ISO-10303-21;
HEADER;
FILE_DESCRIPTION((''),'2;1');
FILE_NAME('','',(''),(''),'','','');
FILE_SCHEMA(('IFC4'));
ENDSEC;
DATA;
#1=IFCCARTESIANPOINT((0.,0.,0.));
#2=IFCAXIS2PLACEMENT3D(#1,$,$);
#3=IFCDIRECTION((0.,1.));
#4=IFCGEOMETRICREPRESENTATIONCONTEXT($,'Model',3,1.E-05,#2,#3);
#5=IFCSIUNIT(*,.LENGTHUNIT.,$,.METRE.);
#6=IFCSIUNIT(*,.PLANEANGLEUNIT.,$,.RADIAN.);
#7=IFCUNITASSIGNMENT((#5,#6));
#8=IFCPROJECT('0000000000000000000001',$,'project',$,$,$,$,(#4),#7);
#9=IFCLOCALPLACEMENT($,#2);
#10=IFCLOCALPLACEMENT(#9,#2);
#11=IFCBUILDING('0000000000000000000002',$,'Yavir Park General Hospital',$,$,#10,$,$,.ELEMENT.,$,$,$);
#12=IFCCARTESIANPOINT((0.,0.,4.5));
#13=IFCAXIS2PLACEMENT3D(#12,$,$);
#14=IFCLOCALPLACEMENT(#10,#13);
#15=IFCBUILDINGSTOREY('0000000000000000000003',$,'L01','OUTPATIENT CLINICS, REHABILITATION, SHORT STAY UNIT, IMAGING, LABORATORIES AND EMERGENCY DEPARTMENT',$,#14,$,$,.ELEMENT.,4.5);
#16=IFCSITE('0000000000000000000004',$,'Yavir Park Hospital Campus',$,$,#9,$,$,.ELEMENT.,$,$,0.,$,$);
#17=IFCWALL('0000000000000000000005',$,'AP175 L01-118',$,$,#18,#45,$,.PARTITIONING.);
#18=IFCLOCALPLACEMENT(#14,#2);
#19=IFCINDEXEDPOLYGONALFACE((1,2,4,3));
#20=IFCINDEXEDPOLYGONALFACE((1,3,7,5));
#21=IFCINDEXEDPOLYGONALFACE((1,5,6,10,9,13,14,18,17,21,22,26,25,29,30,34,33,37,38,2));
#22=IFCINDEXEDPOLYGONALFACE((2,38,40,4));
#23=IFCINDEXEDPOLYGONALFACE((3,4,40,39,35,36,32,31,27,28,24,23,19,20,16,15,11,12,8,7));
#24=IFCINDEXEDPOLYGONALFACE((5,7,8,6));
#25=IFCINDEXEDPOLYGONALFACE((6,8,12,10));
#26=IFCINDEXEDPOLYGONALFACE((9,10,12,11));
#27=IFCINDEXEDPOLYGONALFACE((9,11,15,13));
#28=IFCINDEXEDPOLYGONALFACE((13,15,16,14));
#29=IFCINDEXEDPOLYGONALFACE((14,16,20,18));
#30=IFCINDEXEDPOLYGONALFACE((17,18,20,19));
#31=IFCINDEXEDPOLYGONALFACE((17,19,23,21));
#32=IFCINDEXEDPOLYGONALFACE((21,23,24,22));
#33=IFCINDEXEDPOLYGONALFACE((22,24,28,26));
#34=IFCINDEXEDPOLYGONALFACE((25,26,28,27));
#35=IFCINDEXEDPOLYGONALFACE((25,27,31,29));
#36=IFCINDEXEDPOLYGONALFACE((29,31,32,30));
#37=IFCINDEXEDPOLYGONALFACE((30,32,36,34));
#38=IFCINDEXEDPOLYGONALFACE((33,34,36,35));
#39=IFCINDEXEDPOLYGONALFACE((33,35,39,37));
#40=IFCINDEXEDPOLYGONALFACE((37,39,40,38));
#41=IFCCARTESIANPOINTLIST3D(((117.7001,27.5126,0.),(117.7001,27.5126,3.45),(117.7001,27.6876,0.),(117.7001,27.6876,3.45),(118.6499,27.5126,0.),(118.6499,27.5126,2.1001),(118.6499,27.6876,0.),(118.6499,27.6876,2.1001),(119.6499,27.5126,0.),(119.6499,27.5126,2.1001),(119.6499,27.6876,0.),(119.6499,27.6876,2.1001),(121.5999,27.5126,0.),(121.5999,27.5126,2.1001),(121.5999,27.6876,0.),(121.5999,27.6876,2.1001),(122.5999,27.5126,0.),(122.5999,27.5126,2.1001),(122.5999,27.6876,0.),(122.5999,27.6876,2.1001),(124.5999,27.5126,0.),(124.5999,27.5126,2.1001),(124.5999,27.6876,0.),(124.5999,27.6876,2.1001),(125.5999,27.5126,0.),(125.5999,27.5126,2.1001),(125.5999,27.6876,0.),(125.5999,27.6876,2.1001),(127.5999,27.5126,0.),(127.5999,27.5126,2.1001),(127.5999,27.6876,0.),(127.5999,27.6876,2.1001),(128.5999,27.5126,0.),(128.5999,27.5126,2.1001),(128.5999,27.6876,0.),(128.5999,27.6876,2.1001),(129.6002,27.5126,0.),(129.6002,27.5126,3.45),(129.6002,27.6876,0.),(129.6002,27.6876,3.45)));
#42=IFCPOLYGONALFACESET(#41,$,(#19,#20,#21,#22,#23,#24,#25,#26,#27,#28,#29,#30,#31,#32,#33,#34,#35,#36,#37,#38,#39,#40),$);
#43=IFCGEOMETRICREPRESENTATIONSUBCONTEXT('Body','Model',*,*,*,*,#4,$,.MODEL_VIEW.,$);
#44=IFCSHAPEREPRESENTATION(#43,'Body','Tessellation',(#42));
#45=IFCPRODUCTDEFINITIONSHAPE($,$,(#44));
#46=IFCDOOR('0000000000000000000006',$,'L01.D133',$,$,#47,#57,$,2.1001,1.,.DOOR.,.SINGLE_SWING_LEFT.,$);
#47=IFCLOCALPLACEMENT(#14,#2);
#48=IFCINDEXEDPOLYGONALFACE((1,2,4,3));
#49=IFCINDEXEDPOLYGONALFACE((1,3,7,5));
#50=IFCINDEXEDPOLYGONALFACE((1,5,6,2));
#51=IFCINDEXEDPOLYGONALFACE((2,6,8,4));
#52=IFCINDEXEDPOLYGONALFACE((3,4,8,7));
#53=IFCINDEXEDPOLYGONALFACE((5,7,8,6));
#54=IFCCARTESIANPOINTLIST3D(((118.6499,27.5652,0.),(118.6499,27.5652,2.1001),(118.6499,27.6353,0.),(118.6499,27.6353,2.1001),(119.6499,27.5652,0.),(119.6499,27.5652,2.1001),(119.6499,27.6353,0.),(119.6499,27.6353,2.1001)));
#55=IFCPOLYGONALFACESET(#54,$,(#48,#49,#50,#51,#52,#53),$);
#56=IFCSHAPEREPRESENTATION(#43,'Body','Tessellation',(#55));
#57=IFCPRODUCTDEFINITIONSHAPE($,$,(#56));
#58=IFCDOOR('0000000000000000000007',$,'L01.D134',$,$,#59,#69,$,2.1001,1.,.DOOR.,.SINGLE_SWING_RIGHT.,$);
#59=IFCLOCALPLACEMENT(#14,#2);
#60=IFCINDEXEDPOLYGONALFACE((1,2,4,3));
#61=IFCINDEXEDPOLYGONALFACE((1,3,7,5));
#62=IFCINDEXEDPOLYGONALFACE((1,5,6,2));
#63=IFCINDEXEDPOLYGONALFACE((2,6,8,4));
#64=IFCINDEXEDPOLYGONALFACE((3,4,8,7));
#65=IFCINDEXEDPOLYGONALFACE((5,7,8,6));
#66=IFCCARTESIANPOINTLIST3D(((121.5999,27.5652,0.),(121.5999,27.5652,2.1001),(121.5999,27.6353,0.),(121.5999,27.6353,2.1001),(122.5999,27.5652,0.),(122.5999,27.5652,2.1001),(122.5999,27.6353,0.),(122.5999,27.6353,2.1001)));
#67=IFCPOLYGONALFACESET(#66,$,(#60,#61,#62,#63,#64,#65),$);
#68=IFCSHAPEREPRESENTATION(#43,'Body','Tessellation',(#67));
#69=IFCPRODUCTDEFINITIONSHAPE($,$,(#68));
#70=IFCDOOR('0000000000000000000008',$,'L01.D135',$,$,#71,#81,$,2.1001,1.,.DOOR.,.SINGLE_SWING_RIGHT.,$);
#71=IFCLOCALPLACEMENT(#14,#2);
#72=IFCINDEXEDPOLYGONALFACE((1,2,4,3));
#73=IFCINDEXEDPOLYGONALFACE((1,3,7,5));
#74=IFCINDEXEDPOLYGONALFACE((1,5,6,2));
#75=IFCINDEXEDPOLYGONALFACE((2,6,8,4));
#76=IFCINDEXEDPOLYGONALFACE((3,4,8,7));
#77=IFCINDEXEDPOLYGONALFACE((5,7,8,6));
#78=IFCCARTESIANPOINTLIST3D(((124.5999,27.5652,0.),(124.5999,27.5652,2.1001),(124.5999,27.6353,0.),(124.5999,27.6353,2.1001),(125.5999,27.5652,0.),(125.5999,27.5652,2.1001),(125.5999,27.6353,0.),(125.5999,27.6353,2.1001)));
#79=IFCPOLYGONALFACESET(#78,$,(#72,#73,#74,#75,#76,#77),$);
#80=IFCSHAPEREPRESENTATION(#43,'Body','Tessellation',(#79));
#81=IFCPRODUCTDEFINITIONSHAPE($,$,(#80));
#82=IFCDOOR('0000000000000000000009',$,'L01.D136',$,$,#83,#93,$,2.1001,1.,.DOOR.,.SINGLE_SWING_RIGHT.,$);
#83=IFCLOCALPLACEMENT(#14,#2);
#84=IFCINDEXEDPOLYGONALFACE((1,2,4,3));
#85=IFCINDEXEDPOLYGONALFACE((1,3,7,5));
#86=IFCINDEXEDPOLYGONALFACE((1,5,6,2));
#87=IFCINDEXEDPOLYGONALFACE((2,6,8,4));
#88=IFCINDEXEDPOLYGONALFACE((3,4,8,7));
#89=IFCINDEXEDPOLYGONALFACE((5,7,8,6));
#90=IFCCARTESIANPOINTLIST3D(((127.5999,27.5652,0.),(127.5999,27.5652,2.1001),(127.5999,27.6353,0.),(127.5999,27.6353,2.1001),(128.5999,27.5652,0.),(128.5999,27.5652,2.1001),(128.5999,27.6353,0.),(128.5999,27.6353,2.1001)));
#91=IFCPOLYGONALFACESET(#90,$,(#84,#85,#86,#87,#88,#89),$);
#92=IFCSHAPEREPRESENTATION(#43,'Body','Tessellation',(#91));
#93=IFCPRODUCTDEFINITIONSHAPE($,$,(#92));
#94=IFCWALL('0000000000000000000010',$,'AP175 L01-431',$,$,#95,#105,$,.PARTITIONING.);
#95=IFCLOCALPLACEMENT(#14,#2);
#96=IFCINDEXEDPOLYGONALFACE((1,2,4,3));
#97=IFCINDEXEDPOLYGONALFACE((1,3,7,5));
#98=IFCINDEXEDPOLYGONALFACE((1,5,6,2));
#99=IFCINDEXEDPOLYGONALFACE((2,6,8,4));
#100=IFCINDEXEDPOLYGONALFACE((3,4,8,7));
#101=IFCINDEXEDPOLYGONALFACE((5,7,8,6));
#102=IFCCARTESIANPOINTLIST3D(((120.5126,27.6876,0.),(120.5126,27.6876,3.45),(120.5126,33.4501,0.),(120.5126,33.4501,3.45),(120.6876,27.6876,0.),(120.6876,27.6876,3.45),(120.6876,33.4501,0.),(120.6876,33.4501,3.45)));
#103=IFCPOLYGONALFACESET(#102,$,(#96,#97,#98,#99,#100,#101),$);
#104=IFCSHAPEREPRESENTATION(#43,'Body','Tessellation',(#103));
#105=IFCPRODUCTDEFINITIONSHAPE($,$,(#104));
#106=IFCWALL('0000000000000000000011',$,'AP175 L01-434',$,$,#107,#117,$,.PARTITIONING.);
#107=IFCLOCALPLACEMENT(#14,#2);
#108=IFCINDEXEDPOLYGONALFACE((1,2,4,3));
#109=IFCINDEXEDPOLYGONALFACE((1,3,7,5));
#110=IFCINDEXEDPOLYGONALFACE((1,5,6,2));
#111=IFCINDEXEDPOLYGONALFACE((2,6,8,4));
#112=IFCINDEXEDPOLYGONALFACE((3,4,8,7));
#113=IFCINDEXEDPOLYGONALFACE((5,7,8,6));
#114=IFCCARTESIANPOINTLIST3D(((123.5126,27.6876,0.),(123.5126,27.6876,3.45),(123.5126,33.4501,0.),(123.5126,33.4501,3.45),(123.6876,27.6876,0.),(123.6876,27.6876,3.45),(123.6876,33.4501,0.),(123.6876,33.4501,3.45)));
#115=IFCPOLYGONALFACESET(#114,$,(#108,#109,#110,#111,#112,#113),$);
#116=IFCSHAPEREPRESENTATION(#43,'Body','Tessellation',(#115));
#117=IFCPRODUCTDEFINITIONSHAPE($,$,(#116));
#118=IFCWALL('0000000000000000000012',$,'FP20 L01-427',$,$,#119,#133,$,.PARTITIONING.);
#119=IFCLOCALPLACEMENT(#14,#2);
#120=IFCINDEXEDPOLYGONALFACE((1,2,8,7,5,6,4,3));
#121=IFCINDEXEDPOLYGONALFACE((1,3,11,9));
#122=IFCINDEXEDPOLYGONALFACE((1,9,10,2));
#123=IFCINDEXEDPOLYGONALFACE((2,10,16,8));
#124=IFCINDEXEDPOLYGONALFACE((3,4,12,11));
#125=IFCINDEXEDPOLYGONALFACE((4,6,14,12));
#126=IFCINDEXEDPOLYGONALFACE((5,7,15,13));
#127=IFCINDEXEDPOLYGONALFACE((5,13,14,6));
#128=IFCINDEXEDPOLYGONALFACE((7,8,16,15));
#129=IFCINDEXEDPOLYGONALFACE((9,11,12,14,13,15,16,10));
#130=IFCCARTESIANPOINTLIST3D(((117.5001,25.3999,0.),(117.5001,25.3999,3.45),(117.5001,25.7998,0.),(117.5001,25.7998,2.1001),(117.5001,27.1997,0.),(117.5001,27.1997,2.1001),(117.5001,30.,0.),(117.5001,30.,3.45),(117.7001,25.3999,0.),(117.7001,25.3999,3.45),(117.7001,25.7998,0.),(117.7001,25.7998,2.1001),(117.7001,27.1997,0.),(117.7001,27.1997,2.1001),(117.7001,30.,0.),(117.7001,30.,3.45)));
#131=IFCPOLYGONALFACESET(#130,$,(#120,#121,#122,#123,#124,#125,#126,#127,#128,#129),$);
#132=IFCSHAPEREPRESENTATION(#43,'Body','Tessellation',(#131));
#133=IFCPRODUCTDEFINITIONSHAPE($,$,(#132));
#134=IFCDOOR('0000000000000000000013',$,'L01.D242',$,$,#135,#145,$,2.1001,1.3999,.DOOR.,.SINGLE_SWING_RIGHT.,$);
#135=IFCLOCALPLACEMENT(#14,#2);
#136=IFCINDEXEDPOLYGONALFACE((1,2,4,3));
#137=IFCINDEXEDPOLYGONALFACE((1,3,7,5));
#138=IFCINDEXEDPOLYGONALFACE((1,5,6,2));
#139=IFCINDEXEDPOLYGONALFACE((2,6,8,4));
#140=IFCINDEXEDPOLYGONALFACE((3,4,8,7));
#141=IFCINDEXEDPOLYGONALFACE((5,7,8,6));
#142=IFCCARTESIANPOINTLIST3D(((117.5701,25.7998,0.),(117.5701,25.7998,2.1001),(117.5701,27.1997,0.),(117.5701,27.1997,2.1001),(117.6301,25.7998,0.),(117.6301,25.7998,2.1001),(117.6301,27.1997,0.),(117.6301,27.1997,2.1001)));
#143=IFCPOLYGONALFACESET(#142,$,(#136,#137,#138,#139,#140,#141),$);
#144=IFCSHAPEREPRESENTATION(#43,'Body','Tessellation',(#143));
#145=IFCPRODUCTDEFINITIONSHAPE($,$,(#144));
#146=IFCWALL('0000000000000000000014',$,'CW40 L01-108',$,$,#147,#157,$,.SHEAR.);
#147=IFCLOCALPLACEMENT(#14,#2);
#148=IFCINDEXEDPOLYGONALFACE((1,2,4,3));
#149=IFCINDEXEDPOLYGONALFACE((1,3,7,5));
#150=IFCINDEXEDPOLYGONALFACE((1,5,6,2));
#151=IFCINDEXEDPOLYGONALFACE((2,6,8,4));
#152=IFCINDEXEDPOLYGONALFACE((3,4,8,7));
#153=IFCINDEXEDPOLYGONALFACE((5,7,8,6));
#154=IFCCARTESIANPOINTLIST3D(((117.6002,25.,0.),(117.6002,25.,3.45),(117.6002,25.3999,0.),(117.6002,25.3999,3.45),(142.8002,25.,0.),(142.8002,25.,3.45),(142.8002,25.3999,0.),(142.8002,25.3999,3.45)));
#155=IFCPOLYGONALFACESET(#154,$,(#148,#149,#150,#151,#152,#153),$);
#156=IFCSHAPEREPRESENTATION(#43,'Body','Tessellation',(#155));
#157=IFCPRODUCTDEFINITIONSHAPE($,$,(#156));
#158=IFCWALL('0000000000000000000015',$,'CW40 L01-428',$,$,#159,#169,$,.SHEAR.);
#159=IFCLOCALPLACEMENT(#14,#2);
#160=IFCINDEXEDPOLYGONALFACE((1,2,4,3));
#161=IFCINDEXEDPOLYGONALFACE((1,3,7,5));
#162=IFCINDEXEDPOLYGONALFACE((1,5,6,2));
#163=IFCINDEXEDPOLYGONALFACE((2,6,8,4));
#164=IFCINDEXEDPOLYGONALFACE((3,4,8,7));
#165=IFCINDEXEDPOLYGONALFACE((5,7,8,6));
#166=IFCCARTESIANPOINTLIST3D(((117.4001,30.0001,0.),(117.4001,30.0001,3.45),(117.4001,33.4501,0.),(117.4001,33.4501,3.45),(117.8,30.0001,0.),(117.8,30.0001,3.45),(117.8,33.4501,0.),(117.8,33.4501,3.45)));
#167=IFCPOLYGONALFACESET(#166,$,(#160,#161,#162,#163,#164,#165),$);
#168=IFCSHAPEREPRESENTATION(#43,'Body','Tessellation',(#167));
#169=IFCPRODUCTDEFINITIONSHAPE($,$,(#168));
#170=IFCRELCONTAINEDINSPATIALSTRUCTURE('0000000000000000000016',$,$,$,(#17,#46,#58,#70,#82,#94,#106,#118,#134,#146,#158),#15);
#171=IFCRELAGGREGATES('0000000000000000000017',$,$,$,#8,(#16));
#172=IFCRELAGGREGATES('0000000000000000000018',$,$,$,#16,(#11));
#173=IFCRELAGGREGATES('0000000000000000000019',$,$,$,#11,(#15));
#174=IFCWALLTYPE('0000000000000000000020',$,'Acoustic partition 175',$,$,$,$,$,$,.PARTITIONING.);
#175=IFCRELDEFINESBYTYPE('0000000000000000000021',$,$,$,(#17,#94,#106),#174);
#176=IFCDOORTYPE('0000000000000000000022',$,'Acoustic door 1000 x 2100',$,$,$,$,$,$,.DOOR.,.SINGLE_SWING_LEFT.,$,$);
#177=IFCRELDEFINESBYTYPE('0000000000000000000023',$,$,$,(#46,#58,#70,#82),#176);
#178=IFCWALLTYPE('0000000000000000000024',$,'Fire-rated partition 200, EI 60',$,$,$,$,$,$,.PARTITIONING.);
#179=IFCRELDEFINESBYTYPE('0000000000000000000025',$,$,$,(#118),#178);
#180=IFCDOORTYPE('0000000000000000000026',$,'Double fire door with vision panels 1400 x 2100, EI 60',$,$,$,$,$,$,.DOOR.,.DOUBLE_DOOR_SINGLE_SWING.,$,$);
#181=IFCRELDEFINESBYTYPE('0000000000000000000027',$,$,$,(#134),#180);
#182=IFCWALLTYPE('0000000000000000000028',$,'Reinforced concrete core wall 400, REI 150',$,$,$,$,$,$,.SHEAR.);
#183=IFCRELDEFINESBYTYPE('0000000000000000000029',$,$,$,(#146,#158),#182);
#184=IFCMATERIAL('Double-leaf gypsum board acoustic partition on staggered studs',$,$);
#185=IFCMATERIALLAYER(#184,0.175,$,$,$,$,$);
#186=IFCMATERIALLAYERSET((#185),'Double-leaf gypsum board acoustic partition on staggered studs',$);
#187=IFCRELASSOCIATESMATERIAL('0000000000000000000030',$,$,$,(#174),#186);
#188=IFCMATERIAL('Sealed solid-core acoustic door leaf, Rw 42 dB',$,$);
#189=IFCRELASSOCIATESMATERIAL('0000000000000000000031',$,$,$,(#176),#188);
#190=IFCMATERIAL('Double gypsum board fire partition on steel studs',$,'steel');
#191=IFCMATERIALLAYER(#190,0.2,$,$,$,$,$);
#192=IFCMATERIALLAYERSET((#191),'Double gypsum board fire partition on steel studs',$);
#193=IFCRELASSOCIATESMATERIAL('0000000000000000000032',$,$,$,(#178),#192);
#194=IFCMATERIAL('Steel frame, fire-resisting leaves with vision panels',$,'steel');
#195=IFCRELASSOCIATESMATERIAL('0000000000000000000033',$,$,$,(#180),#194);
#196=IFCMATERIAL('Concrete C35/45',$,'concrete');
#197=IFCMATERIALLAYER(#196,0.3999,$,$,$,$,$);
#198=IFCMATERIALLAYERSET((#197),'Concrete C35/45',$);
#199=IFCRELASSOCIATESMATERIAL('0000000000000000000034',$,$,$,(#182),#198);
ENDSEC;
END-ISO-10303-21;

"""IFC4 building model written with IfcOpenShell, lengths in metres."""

from ifc_helpers import new_model, si_unit, direction, frame, frame_2d, origin, place, context, subcontext, project, spatial, rectangle, extrude, material, layer, layer_set, type_object, element, fill, save


model = new_model("IFC4")

# Units and contexts
model_context = context("Model", 3, precision=1e-05, world=origin(), true_north=direction((0.0, 1.0)))
body_context = subcontext(model_context, "Body", "Model", "MODEL_VIEW")
ifc_project = project(units=[si_unit("LENGTHUNIT", "METRE"), si_unit("PLANEANGLEUNIT", "RADIAN")], contexts=[model_context])

# Site, building, storey
site_placement = place(None, origin())
site = spatial("IfcSite", under=ifc_project, at=site_placement, Name="Yavir Park Hospital Campus", CompositionType="ELEMENT", RefElevation=0.0)
building_placement = place(site_placement, origin())
building = spatial("IfcBuilding", under=site, at=building_placement, Name="Yavir Park General Hospital", CompositionType="ELEMENT")
storey_placement = place(building_placement, frame((0.0, 0.0, 4.5)))
storey = spatial("IfcBuildingStorey", under=building, at=storey_placement, Name="L01", Description="OUTPATIENT CLINICS, REHABILITATION, SHORT STAY UNIT, IMAGING, LABORATORIES AND EMERGENCY DEPARTMENT", CompositionType="ELEMENT", Elevation=4.5)

# Wall, openings, doors
ifc_material_1 = material(Name="Double-leaf gypsum board acoustic partition on staggered studs")
ifc_layer_1 = layer(ifc_material_1, 0.175)
ifc_layer_set_1 = layer_set([ifc_layer_1], Name="Double-leaf gypsum board acoustic partition on staggered studs")
wall_type_1 = type_object("IfcWallType", Name="Acoustic partition 175", PredefinedType="PARTITIONING", material=ifc_layer_set_1)
wall_1_placement = place(storey_placement, frame((117.7, 27.6001, 0.0), z_axis=(0.0, 0.0, 1.0), x_axis=(1.0, 0.0, 0.0)))
wall_1 = element("IfcWall", 1, at=wall_1_placement, inside=storey, type_object=wall_type_1, Name="AP175 L01-118", PredefinedType="PARTITIONING", context=body_context, shape_type="SweptSolid", body=[
    extrude(rectangle(XDim=11.9001, YDim=0.175, at=frame_2d((5.9502, 0.0))), origin(), (0.0, 0.0, 1.0), 3.45),
])
opening_1_placement = place(wall_1_placement, frame((0.95, 0.0, 0.0)))
opening_1 = element("IfcOpeningElement", 2, at=opening_1_placement, cuts=wall_1, PredefinedType="OPENING", context=body_context, shape_type="SweptSolid", body=[
    extrude(rectangle(XDim=1.0, YDim=2.1001, at=frame_2d((0.5, 1.05))), frame((0.0, 0.0974, 0.0), z_axis=(0.0, -1.0, 0.0), x_axis=(1.0, 0.0, 0.0)), (0.0, 0.0, 1.0), 0.1951),
])
opening_2_placement = place(wall_1_placement, frame((3.8999, 0.0, 0.0)))
opening_2 = element("IfcOpeningElement", 3, at=opening_2_placement, cuts=wall_1, PredefinedType="OPENING", context=body_context, shape_type="SweptSolid", body=[
    extrude(rectangle(XDim=1.0, YDim=2.1001, at=frame_2d((0.5, 1.05))), frame((0.0, 0.0974, 0.0), z_axis=(0.0, -1.0, 0.0), x_axis=(1.0, 0.0, 0.0)), (0.0, 0.0, 1.0), 0.1951),
])
opening_3_placement = place(wall_1_placement, frame((6.8999, 0.0, 0.0)))
opening_3 = element("IfcOpeningElement", 4, at=opening_3_placement, cuts=wall_1, PredefinedType="OPENING", context=body_context, shape_type="SweptSolid", body=[
    extrude(rectangle(XDim=1.0, YDim=2.1001, at=frame_2d((0.5, 1.05))), frame((0.0, 0.0974, 0.0), z_axis=(0.0, -1.0, 0.0), x_axis=(1.0, 0.0, 0.0)), (0.0, 0.0, 1.0), 0.1951),
])
opening_4_placement = place(wall_1_placement, frame((9.8999, 0.0, 0.0)))
opening_4 = element("IfcOpeningElement", 5, at=opening_4_placement, cuts=wall_1, PredefinedType="OPENING", context=body_context, shape_type="SweptSolid", body=[
    extrude(rectangle(XDim=1.0, YDim=2.1001, at=frame_2d((0.5, 1.05))), frame((0.0, 0.0974, 0.0), z_axis=(0.0, -1.0, 0.0), x_axis=(1.0, 0.0, 0.0)), (0.0, 0.0, 1.0), 0.1951),
])
ifc_material_2 = material(Name="Sealed solid-core acoustic door leaf, Rw 42 dB")
door_type_1 = type_object("IfcDoorType", Name="Acoustic door 1000 x 2100", OperationType="SINGLE_SWING_LEFT", PredefinedType="DOOR", material=ifc_material_2)
door_1_placement = place(opening_1_placement, origin())
door_1 = element("IfcDoor", 6, at=door_1_placement, inside=storey, type_object=door_type_1, Name="L01.D133", OperationType="SINGLE_SWING_LEFT", OverallHeight=2.1001, OverallWidth=1.0, PredefinedType="DOOR", context=body_context, shape_type="SweptSolid", body=[
    extrude(rectangle(XDim=1.0, YDim=2.1001, at=frame_2d((0.5, 1.05))), frame((0.0, 0.0352, 0.0), z_axis=(0.0, -1.0, 0.0), x_axis=(1.0, 0.0, 0.0)), (0.0, 0.0, 1.0), 0.0701),
])
fill(opening_1, door_1)
door_2_placement = place(opening_2_placement, origin())
door_2 = element("IfcDoor", 7, at=door_2_placement, inside=storey, type_object=door_type_1, Name="L01.D134", OperationType="SINGLE_SWING_RIGHT", OverallHeight=2.1001, OverallWidth=1.0, PredefinedType="DOOR", context=body_context, shape_type="SweptSolid", body=[
    extrude(rectangle(XDim=1.0, YDim=2.1001, at=frame_2d((0.5, 1.05))), frame((0.0, 0.0352, 0.0), z_axis=(0.0, -1.0, 0.0), x_axis=(1.0, 0.0, 0.0)), (0.0, 0.0, 1.0), 0.0701),
])
fill(opening_2, door_2)
door_3_placement = place(opening_3_placement, origin())
door_3 = element("IfcDoor", 8, at=door_3_placement, inside=storey, type_object=door_type_1, Name="L01.D135", OperationType="SINGLE_SWING_RIGHT", OverallHeight=2.1001, OverallWidth=1.0, PredefinedType="DOOR", context=body_context, shape_type="SweptSolid", body=[
    extrude(rectangle(XDim=1.0, YDim=2.1001, at=frame_2d((0.5, 1.05))), frame((0.0, 0.0352, 0.0), z_axis=(0.0, -1.0, 0.0), x_axis=(1.0, 0.0, 0.0)), (0.0, 0.0, 1.0), 0.0701),
])
fill(opening_3, door_3)
door_4_placement = place(opening_4_placement, origin())
door_4 = element("IfcDoor", 9, at=door_4_placement, inside=storey, type_object=door_type_1, Name="L01.D136", OperationType="SINGLE_SWING_RIGHT", OverallHeight=2.1001, OverallWidth=1.0, PredefinedType="DOOR", context=body_context, shape_type="SweptSolid", body=[
    extrude(rectangle(XDim=1.0, YDim=2.1001, at=frame_2d((0.5, 1.05))), frame((0.0, 0.0352, 0.0), z_axis=(0.0, -1.0, 0.0), x_axis=(1.0, 0.0, 0.0)), (0.0, 0.0, 1.0), 0.0701),
])
fill(opening_4, door_4)

# Walls
for number, where, z_axis, x_axis, name in (
    (10, (120.6001, 27.6875, 0.0), (0.0, 0.0, 1.0), (0.0, 1.0, 0.0), "AP175 L01-431"),
    (11, (123.6001, 27.6875, 0.0), (0.0, 0.0, 1.0), (0.0, 1.0, 0.0), "AP175 L01-434"),
):
    element("IfcWall", number, at=place(storey_placement, frame(where, z_axis=z_axis, x_axis=x_axis)), inside=storey, type_object=wall_type_1, Name=name, PredefinedType="PARTITIONING", context=body_context, shape_type="SweptSolid", body=[
        extrude(rectangle(XDim=5.7625, YDim=0.175, at=frame_2d((2.8813, 0.0))), origin(), (0.0, 0.0, 1.0), 3.45),
    ])

# Wall, opening, door
ifc_material_3 = material(Name="Double gypsum board fire partition on steel studs", Category="steel")
ifc_layer_2 = layer(ifc_material_3, 0.2)
ifc_layer_set_2 = layer_set([ifc_layer_2], Name="Double gypsum board fire partition on steel studs")
wall_type_2 = type_object("IfcWallType", Name="Fire-rated partition 200, EI 60", PredefinedType="PARTITIONING", material=ifc_layer_set_2)
wall_2_placement = place(storey_placement, frame((117.6001, 25.3999, 0.0), z_axis=(0.0, 0.0, 1.0), x_axis=(0.0, 1.0, 0.0)))
wall_2 = element("IfcWall", 12, at=wall_2_placement, inside=storey, type_object=wall_type_2, Name="FP20 L01-427", PredefinedType="PARTITIONING", context=body_context, shape_type="SweptSolid", body=[
    extrude(rectangle(XDim=4.6001, YDim=0.2, at=frame_2d((2.3, 0.0))), origin(), (0.0, 0.0, 1.0), 3.45),
])
opening_5_placement = place(wall_2_placement, frame((0.3999, 0.0, 0.0)))
opening_5 = element("IfcOpeningElement", 13, at=opening_5_placement, cuts=wall_2, PredefinedType="OPENING", context=body_context, shape_type="SweptSolid", body=[
    extrude(rectangle(XDim=1.3999, YDim=2.1001, at=frame_2d((0.7, 1.05))), frame((0.0, 0.1099, 0.0), z_axis=(0.0, -1.0, 0.0), x_axis=(1.0, 0.0, 0.0)), (0.0, 0.0, 1.0), 0.22),
])
ifc_material_4 = material(Name="Steel frame, fire-resisting leaves with vision panels", Category="steel")
door_type_2 = type_object("IfcDoorType", Name="Double fire door with vision panels 1400 x 2100, EI 60", OperationType="DOUBLE_DOOR_SINGLE_SWING", PredefinedType="DOOR", material=ifc_material_4)
door_5_placement = place(opening_5_placement, origin())
door_5 = element("IfcDoor", 14, at=door_5_placement, inside=storey, type_object=door_type_2, Name="L01.D242", OperationType="SINGLE_SWING_RIGHT", OverallHeight=2.1001, OverallWidth=1.3999, PredefinedType="DOOR", context=body_context, shape_type="SweptSolid", body=[
    extrude(rectangle(XDim=1.3999, YDim=2.1001, at=frame_2d((0.7, 1.05))), frame((0.0, 0.03, 0.0), z_axis=(0.0, -1.0, 0.0), x_axis=(1.0, 0.0, 0.0)), (0.0, 0.0, 1.0), 0.0601),
])
fill(opening_5, door_5)

# Walls
ifc_material_5 = material(Name="Concrete C35/45", Category="concrete")
ifc_layer_3 = layer(ifc_material_5, 0.3999)
ifc_layer_set_3 = layer_set([ifc_layer_3], Name="Concrete C35/45")
wall_type_3 = type_object("IfcWallType", Name="Reinforced concrete core wall 400, REI 150", PredefinedType="SHEAR", material=ifc_layer_set_3)
wall_3_placement = place(storey_placement, frame((117.6001, 25.2, 0.0), z_axis=(0.0, 0.0, 1.0), x_axis=(1.0, 0.0, 0.0)))
element("IfcWall", 15, at=wall_3_placement, inside=storey, type_object=wall_type_3, Name="CW40 L01-108", PredefinedType="SHEAR", context=body_context, shape_type="SweptSolid", body=[
    extrude(rectangle(XDim=25.2, YDim=0.3999, at=frame_2d((12.6001, 0.0))), origin(), (0.0, 0.0, 1.0), 3.45),
])
wall_4_placement = place(storey_placement, frame((117.6001, 30.0, 0.0), z_axis=(0.0, 0.0, 1.0), x_axis=(0.0, 1.0, 0.0)))
element("IfcWall", 16, at=wall_4_placement, inside=storey, type_object=wall_type_3, Name="CW40 L01-428", PredefinedType="SHEAR", context=body_context, shape_type="SweptSolid", body=[
    extrude(rectangle(XDim=3.45, YDim=0.3999, at=frame_2d((1.7251, 0.0))), origin(), (0.0, 0.0, 1.0), 3.45),
])

save(model, "model.ifc")
